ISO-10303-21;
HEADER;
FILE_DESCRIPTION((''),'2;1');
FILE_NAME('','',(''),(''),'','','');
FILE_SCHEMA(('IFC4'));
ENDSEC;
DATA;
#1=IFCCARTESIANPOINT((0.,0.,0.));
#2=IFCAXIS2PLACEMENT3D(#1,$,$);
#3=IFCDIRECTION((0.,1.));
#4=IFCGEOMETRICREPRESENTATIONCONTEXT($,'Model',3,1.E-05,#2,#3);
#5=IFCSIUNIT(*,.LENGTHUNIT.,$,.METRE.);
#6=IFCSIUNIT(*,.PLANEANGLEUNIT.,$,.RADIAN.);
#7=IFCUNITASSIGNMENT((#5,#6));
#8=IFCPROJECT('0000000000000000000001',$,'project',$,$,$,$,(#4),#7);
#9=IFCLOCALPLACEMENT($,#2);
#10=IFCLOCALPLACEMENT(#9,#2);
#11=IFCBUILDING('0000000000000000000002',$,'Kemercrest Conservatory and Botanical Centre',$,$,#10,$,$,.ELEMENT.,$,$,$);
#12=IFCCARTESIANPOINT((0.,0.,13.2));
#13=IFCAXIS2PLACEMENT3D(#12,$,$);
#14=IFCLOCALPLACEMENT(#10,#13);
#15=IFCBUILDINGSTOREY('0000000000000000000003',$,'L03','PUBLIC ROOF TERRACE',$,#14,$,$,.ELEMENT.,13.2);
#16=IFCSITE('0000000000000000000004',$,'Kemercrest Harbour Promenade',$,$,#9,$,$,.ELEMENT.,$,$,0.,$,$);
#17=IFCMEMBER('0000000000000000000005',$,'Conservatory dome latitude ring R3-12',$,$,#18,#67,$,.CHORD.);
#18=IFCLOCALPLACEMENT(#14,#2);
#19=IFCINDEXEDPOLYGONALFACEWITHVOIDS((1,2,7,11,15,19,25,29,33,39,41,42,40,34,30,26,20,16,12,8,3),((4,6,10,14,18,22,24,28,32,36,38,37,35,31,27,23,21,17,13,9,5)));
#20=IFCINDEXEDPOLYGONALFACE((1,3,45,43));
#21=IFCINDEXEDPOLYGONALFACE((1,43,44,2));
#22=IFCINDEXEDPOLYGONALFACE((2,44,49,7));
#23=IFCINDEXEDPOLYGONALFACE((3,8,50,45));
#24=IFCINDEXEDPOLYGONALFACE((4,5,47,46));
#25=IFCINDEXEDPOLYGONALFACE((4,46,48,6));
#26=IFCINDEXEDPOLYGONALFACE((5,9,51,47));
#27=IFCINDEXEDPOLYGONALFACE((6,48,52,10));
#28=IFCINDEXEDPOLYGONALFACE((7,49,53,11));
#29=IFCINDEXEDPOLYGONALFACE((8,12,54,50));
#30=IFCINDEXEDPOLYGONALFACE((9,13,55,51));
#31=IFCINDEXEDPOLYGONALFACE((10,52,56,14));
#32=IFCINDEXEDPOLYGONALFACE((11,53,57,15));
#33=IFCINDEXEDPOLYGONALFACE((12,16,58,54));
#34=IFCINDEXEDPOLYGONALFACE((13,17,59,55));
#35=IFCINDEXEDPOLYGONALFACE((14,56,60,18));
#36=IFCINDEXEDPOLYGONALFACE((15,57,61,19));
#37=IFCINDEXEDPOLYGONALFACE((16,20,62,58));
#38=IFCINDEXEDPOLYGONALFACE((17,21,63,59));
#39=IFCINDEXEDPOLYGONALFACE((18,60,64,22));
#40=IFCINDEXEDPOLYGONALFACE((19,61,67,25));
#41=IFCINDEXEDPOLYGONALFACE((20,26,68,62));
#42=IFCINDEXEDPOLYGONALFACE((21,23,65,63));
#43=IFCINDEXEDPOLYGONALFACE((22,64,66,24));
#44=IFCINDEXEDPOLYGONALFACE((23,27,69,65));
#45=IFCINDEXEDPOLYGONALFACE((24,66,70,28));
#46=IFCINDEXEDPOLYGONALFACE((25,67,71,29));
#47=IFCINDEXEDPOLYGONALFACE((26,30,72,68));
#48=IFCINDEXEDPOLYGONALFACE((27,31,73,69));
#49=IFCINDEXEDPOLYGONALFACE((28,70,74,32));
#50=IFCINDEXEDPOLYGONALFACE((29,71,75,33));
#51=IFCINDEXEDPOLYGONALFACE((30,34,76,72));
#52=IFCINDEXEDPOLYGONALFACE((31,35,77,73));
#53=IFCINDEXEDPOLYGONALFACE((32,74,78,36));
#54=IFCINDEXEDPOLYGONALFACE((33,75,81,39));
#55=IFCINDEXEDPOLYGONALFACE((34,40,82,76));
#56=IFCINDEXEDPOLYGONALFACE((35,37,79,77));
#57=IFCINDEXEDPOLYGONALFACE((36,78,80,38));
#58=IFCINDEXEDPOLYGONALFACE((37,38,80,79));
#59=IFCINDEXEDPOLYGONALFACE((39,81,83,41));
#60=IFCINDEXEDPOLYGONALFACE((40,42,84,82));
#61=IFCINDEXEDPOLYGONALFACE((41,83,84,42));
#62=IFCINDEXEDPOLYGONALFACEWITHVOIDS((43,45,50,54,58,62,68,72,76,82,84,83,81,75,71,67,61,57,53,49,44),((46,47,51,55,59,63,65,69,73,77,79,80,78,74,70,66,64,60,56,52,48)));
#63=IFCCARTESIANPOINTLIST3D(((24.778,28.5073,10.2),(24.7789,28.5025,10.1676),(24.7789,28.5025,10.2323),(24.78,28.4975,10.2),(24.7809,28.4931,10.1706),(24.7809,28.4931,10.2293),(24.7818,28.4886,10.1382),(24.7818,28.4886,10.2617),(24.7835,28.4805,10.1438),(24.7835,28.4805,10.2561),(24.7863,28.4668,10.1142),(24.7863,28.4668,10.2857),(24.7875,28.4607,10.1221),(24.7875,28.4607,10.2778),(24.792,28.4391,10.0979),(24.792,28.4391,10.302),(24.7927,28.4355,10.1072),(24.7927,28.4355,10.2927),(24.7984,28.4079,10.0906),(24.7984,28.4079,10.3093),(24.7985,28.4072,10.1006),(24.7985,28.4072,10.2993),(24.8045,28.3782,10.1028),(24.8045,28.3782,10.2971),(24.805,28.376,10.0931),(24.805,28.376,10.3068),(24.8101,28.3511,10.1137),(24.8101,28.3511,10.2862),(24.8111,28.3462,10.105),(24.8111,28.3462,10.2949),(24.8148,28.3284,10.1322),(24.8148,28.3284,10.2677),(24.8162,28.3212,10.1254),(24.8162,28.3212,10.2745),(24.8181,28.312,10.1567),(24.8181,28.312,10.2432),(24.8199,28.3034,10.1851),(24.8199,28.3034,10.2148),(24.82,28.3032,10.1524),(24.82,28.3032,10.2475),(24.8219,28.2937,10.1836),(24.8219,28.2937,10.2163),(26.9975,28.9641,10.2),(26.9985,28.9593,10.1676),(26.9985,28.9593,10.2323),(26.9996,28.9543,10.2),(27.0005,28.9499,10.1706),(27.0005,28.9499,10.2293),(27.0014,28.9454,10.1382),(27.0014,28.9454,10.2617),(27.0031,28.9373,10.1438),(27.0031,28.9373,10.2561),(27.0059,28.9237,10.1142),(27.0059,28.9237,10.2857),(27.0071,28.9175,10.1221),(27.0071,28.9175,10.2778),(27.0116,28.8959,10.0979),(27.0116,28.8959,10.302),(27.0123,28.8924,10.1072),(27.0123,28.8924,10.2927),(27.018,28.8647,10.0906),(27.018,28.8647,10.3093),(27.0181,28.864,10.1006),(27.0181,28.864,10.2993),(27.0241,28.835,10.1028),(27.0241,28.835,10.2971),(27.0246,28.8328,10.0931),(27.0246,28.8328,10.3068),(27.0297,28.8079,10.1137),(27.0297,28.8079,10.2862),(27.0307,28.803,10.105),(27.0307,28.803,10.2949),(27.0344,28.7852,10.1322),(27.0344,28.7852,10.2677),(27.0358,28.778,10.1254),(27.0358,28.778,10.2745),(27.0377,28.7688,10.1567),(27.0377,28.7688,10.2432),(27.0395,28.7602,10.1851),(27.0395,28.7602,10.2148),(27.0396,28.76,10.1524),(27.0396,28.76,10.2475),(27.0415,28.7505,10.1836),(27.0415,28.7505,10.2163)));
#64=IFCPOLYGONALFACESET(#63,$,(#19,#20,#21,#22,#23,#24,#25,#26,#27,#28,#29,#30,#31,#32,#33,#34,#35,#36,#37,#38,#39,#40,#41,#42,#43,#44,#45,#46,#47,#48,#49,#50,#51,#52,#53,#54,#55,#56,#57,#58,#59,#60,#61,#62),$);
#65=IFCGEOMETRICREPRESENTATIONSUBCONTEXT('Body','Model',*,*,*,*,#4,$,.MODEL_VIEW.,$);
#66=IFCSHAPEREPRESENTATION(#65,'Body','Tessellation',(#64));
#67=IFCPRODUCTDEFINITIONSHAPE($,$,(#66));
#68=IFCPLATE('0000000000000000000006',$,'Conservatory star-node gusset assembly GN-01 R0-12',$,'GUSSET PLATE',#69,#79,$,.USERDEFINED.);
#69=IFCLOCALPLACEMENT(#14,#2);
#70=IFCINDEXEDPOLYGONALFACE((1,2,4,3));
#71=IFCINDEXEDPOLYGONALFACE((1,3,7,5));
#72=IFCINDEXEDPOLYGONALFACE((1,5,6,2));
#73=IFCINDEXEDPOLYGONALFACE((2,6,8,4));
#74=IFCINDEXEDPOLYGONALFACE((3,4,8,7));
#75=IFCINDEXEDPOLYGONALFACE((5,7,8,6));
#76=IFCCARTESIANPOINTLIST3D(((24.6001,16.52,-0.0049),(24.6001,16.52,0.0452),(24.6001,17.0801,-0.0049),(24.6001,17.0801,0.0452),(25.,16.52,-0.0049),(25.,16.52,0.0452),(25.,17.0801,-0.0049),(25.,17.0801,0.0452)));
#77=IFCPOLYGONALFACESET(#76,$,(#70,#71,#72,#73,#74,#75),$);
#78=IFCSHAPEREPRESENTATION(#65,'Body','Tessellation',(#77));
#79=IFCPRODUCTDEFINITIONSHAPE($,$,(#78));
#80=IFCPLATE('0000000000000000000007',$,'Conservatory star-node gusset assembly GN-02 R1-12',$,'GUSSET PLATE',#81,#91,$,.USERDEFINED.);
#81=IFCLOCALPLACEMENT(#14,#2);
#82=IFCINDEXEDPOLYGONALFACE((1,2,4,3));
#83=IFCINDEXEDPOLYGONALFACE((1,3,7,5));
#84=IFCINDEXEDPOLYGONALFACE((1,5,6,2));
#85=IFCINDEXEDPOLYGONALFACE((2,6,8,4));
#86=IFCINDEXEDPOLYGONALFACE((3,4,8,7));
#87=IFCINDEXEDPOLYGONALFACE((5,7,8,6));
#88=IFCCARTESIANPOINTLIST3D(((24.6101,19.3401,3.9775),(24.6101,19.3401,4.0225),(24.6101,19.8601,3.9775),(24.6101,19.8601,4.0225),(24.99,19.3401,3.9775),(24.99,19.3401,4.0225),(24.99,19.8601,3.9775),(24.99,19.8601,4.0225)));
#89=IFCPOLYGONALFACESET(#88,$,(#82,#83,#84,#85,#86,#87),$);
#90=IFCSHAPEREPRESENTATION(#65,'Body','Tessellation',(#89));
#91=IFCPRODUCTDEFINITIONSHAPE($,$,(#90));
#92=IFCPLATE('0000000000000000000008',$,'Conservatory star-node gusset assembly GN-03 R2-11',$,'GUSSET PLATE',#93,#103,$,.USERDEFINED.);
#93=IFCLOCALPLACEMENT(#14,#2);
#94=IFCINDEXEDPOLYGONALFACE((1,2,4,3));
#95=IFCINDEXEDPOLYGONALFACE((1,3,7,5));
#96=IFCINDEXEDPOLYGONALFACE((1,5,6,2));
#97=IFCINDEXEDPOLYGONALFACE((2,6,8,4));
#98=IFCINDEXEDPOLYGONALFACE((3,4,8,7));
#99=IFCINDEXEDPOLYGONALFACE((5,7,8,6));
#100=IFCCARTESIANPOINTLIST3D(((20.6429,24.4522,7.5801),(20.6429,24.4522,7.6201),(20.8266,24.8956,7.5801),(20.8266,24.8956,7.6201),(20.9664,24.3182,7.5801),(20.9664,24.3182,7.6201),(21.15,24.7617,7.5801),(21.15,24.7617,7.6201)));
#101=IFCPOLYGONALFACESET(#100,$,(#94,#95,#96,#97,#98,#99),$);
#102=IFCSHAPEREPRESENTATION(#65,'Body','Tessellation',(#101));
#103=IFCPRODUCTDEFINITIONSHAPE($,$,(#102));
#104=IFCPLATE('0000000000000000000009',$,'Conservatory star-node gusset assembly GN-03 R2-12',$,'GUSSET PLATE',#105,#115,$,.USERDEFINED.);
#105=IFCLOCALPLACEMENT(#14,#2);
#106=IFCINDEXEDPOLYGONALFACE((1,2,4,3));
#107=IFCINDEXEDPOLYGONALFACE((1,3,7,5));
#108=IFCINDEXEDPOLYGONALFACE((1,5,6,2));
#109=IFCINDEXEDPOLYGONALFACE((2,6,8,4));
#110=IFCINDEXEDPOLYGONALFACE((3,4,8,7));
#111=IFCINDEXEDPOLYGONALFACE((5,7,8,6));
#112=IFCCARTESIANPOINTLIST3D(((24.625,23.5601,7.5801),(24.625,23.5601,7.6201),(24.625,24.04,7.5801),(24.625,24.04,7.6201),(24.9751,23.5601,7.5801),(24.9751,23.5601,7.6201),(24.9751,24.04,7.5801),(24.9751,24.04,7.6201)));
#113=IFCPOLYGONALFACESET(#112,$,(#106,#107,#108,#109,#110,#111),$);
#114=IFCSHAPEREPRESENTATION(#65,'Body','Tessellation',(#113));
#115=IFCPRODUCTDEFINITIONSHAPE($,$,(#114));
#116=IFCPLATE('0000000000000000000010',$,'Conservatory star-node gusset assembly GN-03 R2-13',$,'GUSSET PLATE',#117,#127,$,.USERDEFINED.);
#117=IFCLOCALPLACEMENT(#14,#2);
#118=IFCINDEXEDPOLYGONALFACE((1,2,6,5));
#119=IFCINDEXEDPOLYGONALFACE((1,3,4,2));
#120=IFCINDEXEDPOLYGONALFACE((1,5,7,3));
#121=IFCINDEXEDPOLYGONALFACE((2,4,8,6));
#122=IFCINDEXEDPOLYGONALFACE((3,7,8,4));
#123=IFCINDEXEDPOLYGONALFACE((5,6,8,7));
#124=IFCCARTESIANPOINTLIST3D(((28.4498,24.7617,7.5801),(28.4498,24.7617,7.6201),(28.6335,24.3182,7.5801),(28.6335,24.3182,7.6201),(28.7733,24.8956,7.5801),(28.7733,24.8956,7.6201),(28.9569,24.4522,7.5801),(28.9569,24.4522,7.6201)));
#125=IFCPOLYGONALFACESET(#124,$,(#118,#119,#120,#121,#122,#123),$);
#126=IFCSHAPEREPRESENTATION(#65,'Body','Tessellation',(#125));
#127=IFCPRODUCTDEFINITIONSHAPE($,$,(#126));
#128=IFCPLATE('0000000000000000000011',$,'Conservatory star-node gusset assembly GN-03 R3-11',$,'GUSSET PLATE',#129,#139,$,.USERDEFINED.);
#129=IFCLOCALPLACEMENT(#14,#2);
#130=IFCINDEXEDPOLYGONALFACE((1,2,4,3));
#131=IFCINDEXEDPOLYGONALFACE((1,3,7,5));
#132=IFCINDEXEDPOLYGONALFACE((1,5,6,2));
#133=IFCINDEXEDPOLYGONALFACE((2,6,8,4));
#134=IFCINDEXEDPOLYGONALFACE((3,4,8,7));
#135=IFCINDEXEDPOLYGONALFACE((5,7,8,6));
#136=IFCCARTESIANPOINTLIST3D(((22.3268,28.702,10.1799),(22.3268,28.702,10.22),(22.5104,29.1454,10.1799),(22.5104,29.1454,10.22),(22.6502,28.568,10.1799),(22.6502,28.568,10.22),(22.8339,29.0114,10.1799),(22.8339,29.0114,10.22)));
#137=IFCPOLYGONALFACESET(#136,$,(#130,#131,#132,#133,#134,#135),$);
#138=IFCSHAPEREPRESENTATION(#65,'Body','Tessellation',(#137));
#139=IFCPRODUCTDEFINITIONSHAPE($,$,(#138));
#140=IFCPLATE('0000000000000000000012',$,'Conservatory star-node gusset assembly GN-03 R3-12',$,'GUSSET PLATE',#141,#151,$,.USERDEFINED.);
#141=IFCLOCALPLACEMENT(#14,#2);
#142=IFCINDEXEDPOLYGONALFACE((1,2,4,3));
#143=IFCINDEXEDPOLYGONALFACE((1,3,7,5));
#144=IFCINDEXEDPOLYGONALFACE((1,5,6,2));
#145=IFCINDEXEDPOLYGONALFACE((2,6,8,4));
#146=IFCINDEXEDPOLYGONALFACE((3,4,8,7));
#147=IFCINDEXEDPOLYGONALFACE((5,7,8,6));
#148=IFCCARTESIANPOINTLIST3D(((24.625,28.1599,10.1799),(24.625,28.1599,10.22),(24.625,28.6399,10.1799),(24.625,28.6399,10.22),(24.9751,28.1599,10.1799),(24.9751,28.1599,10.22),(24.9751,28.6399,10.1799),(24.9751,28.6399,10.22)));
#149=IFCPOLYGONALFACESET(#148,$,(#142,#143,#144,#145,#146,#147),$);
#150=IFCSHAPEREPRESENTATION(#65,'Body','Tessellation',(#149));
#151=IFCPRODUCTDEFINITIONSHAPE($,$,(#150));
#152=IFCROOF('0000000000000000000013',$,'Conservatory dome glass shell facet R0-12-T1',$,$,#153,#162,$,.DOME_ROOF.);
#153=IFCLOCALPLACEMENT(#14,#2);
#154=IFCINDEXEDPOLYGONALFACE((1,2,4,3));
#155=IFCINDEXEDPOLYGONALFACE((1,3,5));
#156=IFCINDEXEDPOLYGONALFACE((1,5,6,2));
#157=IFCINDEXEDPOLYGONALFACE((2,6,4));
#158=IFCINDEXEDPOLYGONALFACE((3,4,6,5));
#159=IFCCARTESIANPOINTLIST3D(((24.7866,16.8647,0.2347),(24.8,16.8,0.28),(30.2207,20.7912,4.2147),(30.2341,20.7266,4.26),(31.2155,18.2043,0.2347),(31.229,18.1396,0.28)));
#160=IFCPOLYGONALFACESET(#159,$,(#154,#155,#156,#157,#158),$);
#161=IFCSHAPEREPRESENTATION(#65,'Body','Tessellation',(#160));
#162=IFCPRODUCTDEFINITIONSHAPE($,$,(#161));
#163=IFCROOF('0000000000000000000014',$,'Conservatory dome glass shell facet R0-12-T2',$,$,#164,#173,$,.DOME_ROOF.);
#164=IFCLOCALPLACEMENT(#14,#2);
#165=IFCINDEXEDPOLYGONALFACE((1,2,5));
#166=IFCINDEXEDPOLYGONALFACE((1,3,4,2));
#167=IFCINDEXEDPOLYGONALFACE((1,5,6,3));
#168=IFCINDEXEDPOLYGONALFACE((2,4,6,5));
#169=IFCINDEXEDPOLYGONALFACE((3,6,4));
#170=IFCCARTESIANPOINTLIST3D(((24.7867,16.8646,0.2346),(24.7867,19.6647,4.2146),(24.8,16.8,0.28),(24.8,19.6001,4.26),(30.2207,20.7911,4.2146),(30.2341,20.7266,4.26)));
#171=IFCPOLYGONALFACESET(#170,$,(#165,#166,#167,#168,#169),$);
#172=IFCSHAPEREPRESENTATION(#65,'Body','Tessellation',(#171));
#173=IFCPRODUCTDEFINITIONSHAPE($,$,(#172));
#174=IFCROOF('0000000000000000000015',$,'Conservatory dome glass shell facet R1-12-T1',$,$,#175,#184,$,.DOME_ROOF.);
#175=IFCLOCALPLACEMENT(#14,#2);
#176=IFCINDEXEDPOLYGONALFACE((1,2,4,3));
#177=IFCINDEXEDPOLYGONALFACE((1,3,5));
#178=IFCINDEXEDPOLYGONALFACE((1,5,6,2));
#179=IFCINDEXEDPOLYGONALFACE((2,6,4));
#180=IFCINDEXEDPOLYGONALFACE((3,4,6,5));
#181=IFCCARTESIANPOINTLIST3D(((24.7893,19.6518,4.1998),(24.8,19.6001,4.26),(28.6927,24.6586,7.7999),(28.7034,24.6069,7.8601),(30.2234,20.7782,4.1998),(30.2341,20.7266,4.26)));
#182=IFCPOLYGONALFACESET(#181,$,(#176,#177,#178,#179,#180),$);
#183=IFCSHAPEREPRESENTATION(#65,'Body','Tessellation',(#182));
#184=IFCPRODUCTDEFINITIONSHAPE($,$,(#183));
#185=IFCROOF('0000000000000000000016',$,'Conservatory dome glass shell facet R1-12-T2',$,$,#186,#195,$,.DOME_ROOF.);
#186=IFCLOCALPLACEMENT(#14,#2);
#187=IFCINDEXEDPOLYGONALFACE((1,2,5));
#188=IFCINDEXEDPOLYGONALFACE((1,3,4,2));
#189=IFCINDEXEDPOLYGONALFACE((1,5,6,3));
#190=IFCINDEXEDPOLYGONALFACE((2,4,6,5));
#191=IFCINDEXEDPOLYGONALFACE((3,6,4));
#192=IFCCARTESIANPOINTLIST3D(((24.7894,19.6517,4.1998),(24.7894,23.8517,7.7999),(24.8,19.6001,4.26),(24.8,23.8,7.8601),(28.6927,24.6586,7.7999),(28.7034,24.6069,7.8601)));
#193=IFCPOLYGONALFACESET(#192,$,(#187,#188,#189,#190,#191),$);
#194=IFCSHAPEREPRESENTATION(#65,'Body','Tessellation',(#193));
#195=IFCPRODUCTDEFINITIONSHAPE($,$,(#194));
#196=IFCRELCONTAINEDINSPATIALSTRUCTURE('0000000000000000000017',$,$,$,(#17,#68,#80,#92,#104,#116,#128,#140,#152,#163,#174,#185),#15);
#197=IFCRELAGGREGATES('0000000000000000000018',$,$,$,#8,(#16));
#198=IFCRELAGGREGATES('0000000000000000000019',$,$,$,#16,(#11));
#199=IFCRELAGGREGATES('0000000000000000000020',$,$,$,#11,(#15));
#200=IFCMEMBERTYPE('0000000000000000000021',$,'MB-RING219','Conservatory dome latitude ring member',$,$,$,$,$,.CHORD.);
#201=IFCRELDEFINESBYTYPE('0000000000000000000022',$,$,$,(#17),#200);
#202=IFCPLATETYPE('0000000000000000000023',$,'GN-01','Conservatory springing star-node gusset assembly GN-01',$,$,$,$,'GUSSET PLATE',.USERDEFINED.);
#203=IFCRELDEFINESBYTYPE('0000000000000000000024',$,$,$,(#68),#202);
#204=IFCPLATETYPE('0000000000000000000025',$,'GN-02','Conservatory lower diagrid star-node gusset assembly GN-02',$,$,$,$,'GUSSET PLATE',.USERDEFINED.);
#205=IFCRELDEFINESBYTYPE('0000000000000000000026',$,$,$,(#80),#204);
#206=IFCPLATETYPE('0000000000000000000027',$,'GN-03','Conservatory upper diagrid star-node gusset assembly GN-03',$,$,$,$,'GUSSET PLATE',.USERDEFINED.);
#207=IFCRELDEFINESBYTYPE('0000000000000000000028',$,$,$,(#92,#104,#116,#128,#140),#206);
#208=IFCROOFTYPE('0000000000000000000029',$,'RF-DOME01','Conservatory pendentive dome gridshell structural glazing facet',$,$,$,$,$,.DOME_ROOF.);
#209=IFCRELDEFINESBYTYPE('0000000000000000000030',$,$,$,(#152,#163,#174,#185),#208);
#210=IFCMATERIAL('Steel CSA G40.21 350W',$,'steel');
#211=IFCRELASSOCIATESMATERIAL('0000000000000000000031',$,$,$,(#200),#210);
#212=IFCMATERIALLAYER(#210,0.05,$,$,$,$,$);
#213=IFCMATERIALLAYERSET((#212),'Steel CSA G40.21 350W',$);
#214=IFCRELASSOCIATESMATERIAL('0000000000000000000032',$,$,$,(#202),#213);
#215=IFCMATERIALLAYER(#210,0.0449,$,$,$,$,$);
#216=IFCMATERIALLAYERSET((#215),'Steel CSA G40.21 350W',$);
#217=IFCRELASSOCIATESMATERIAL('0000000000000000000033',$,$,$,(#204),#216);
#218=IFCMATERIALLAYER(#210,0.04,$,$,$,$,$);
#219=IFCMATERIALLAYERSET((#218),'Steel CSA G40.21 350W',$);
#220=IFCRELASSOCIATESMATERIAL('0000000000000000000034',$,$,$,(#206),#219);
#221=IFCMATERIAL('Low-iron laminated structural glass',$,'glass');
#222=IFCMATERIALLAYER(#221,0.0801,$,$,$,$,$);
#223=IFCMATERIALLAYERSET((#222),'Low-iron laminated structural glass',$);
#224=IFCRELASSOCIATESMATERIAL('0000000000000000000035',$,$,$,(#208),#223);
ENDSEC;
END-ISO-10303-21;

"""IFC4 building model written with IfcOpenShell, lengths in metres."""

from ifc_helpers import new_model, si_unit, direction, frame, origin, origin_2d, place, context, subcontext, project, spatial, polyline, rectangle, hollow_circle, outline, extrude, material, layer, layer_set, material_profile, profile_set, type_object, element, save


model = new_model("IFC4")

# Units and contexts
model_context = context("Model", 3, precision=1e-05, world=origin(), true_north=direction((0.0, 1.0)))
body_context = subcontext(model_context, "Body", "Model", "MODEL_VIEW")
ifc_project = project(units=[si_unit("LENGTHUNIT", "METRE"), si_unit("PLANEANGLEUNIT", "RADIAN")], contexts=[model_context])

# Site, building, storey
site_placement = place(None, origin())
site = spatial("IfcSite", under=ifc_project, at=site_placement, Name="Kemercrest Harbour Promenade", CompositionType="ELEMENT", RefElevation=0.0)
building_placement = place(site_placement, origin())
building = spatial("IfcBuilding", under=site, at=building_placement, Name="Kemercrest Conservatory and Botanical Centre", CompositionType="ELEMENT")
storey_placement = place(building_placement, frame((0.0, 0.0, 13.2)))
storey = spatial("IfcBuildingStorey", under=building, at=storey_placement, Name="L03", Description="PUBLIC ROOF TERRACE", CompositionType="ELEMENT", Elevation=13.2)

# Shared definitions
ifc_material_1 = material(Name="Steel CSA G40.21 350W", Category="steel")

# Member
ifc_material_profile_1 = material_profile(ifc_material_1, hollow_circle(Radius=0.1096, WallThickness=0.01, at=origin_2d()), Name="CHS 219.1x10.0")
ifc_profile_set_1 = profile_set([ifc_material_profile_1], Name="Steel CSA G40.21 350W")
member_type_1 = type_object("IfcMemberType", Name="MB-RING219", Description="Conservatory dome latitude ring member", PredefinedType="CHORD", material=ifc_profile_set_1)
member_1_placement = place(storey_placement, frame((24.8, 28.3999, 10.2), z_axis=(0.979471, 0.201583, 0.0), x_axis=(-0.201583, 0.979471, 0.0)))
element("IfcMember", 1, at=member_1_placement, inside=storey, type_object=member_type_1, Name="Conservatory dome latitude ring R3-12", PredefinedType="CHORD", context=body_context, shape_type="SweptSolid", body=[
    extrude(hollow_circle(Radius=0.1096, WallThickness=0.01, at=origin_2d()), origin(), (0.0, 0.0, 1.0), 2.2661),
])

# Plates
ifc_layer_1 = layer(ifc_material_1, 0.05)
ifc_layer_set_1 = layer_set([ifc_layer_1], Name="Steel CSA G40.21 350W")
plate_type_1 = type_object("IfcPlateType", Name="GN-01", Description="Conservatory springing star-node gusset assembly GN-01", ElementType="GUSSET PLATE", PredefinedType="USERDEFINED", material=ifc_layer_set_1)
plate_1_placement = place(storey_placement, frame((24.8, 16.8, -0.0049), z_axis=(0.0, 0.0, 1.0), x_axis=(0.0, 1.0, 0.0)))
element("IfcPlate", 2, at=plate_1_placement, inside=storey, type_object=plate_type_1, Name="Conservatory star-node gusset assembly GN-01 R0-12", ObjectType="GUSSET PLATE", PredefinedType="USERDEFINED", context=body_context, shape_type="SweptSolid", body=[
    extrude(rectangle(XDim=0.5601, YDim=0.3999, at=origin_2d()), origin(), (0.0, 0.0, 1.0), 0.05),
])
ifc_layer_2 = layer(ifc_material_1, 0.0449)
ifc_layer_set_2 = layer_set([ifc_layer_2], Name="Steel CSA G40.21 350W")
plate_type_2 = type_object("IfcPlateType", Name="GN-02", Description="Conservatory lower diagrid star-node gusset assembly GN-02", ElementType="GUSSET PLATE", PredefinedType="USERDEFINED", material=ifc_layer_set_2)
plate_2_placement = place(storey_placement, frame((24.8, 19.6001, 3.9775), z_axis=(0.0, 0.0, 1.0), x_axis=(0.0, 1.0, 0.0)))
element("IfcPlate", 3, at=plate_2_placement, inside=storey, type_object=plate_type_2, Name="Conservatory star-node gusset assembly GN-02 R1-12", ObjectType="GUSSET PLATE", PredefinedType="USERDEFINED", context=body_context, shape_type="SweptSolid", body=[
    extrude(rectangle(XDim=0.52, YDim=0.3799, at=origin_2d()), origin(), (0.0, 0.0, 1.0), 0.0449),
])
ifc_layer_3 = layer(ifc_material_1, 0.04)
ifc_layer_set_3 = layer_set([ifc_layer_3], Name="Steel CSA G40.21 350W")
plate_type_3 = type_object("IfcPlateType", Name="GN-03", Description="Conservatory upper diagrid star-node gusset assembly GN-03", ElementType="GUSSET PLATE", PredefinedType="USERDEFINED", material=ifc_layer_set_3)
for number, where, z_axis, x_axis, name in (
    (4, (20.8965, 24.6069, 7.5801), (0.0, 0.0, 1.0), (0.382683, 0.92388, 0.0), "Conservatory star-node gusset assembly GN-03 R2-11"),
    (5, (24.8, 23.8, 7.5801), (0.0, 0.0, 1.0), (0.0, 1.0, 0.0), "Conservatory star-node gusset assembly GN-03 R2-12"),
    (6, (28.7034, 24.6069, 7.5801), (0.0, 0.0, 1.0), (-0.382683, 0.92388, 0.0), "Conservatory star-node gusset assembly GN-03 R2-13"),
    (7, (22.5803, 28.8567, 10.1799), (0.0, 0.0, 1.0), (0.382683, 0.92388, 0.0), "Conservatory star-node gusset assembly GN-03 R3-11"),
    (8, (24.8, 28.3999, 10.1799), (0.0, 0.0, 1.0), (0.0, 1.0, 0.0), "Conservatory star-node gusset assembly GN-03 R3-12"),
):
    element("IfcPlate", number, at=place(storey_placement, frame(where, z_axis=z_axis, x_axis=x_axis)), inside=storey, type_object=plate_type_3, Name=name, ObjectType="GUSSET PLATE", PredefinedType="USERDEFINED", context=body_context, shape_type="SweptSolid", body=[
        extrude(rectangle(XDim=0.48, YDim=0.3501, at=origin_2d()), origin(), (0.0, 0.0, 1.0), 0.04),
    ])

# Roofs
ifc_material_2 = material(Name="Low-iron laminated structural glass", Category="glass")
ifc_layer_4 = layer(ifc_material_2, 0.0801)
ifc_layer_set_4 = layer_set([ifc_layer_4], Name="Low-iron laminated structural glass")
roof_type = type_object("IfcRoofType", Name="RF-DOME01", Description="Conservatory pendentive dome gridshell structural glazing facet", PredefinedType="DOME_ROOF", material=ifc_layer_set_4)
roof_1_placement = place(storey_placement, frame((24.8, 16.8, 0.28), z_axis=(0.16811, -0.806788, 0.56642), x_axis=(0.978973, 0.203988, 0.0)))
element("IfcRoof", 9, at=roof_1_placement, inside=storey, type_object=roof_type, Name="Conservatory dome glass shell facet R0-12-T1", PredefinedType="DOME_ROOF", context=body_context, shape_type="SweptSolid", body=[
    extrude(outline(polyline([(0.0, 0.0), (6.567, 0.0), (6.1208, 4.8294), (0.0, 0.0)])), origin(), (0.0, 0.0, -1.0), 0.0801),
])
roof_2_placement = place(storey_placement, frame((24.8, 16.8, 0.28), z_axis=(0.167156, -0.806365, 0.567305), x_axis=(0.696981, 0.503619, 0.510476)))
element("IfcRoof", 10, at=roof_2_placement, inside=storey, type_object=roof_type, Name="Conservatory dome glass shell facet R0-12-T2", PredefinedType="DOME_ROOF", context=body_context, shape_type="SweptSolid", body=[
    extrude(outline(polyline([(0.0, 0.0), (7.7966, 0.0), (3.4418, 3.4401), (0.0, 0.0)])), origin(), (0.0, 0.0, -1.0), 0.0801),
])
roof_3_placement = place(storey_placement, frame((24.8, 19.6001, 4.26), z_axis=(0.133739, -0.645159, 0.752252), x_axis=(0.979183, 0.202981, 0.0)))
element("IfcRoof", 11, at=roof_3_placement, inside=storey, type_object=roof_type, Name="Conservatory dome glass shell facet R1-12-T1", PredefinedType="DOME_ROOF", context=body_context, shape_type="SweptSolid", body=[
    extrude(outline(polyline([(0.0, 0.0), (5.5496, 0.0), (4.8384, 5.464), (0.0, 0.0)])), origin(), (0.0, 0.0, -1.0), 0.0801),
])
roof_4_placement = place(storey_placement, frame((24.8, 19.6001, 4.26), z_axis=(0.133332, -0.644995, 0.752465), x_axis=(0.534827, 0.686029, 0.49328)))
element("IfcRoof", 12, at=roof_4_placement, inside=storey, type_object=roof_type, Name="Conservatory dome glass shell facet R1-12-T2", PredefinedType="DOME_ROOF", context=body_context, shape_type="SweptSolid", body=[
    extrude(outline(polyline([(0.0, 0.0), (7.2983, 0.0), (4.6571, 2.9852), (0.0, 0.0)])), origin(), (0.0, 0.0, -1.0), 0.0801),
])

save(model, "model.ifc")
